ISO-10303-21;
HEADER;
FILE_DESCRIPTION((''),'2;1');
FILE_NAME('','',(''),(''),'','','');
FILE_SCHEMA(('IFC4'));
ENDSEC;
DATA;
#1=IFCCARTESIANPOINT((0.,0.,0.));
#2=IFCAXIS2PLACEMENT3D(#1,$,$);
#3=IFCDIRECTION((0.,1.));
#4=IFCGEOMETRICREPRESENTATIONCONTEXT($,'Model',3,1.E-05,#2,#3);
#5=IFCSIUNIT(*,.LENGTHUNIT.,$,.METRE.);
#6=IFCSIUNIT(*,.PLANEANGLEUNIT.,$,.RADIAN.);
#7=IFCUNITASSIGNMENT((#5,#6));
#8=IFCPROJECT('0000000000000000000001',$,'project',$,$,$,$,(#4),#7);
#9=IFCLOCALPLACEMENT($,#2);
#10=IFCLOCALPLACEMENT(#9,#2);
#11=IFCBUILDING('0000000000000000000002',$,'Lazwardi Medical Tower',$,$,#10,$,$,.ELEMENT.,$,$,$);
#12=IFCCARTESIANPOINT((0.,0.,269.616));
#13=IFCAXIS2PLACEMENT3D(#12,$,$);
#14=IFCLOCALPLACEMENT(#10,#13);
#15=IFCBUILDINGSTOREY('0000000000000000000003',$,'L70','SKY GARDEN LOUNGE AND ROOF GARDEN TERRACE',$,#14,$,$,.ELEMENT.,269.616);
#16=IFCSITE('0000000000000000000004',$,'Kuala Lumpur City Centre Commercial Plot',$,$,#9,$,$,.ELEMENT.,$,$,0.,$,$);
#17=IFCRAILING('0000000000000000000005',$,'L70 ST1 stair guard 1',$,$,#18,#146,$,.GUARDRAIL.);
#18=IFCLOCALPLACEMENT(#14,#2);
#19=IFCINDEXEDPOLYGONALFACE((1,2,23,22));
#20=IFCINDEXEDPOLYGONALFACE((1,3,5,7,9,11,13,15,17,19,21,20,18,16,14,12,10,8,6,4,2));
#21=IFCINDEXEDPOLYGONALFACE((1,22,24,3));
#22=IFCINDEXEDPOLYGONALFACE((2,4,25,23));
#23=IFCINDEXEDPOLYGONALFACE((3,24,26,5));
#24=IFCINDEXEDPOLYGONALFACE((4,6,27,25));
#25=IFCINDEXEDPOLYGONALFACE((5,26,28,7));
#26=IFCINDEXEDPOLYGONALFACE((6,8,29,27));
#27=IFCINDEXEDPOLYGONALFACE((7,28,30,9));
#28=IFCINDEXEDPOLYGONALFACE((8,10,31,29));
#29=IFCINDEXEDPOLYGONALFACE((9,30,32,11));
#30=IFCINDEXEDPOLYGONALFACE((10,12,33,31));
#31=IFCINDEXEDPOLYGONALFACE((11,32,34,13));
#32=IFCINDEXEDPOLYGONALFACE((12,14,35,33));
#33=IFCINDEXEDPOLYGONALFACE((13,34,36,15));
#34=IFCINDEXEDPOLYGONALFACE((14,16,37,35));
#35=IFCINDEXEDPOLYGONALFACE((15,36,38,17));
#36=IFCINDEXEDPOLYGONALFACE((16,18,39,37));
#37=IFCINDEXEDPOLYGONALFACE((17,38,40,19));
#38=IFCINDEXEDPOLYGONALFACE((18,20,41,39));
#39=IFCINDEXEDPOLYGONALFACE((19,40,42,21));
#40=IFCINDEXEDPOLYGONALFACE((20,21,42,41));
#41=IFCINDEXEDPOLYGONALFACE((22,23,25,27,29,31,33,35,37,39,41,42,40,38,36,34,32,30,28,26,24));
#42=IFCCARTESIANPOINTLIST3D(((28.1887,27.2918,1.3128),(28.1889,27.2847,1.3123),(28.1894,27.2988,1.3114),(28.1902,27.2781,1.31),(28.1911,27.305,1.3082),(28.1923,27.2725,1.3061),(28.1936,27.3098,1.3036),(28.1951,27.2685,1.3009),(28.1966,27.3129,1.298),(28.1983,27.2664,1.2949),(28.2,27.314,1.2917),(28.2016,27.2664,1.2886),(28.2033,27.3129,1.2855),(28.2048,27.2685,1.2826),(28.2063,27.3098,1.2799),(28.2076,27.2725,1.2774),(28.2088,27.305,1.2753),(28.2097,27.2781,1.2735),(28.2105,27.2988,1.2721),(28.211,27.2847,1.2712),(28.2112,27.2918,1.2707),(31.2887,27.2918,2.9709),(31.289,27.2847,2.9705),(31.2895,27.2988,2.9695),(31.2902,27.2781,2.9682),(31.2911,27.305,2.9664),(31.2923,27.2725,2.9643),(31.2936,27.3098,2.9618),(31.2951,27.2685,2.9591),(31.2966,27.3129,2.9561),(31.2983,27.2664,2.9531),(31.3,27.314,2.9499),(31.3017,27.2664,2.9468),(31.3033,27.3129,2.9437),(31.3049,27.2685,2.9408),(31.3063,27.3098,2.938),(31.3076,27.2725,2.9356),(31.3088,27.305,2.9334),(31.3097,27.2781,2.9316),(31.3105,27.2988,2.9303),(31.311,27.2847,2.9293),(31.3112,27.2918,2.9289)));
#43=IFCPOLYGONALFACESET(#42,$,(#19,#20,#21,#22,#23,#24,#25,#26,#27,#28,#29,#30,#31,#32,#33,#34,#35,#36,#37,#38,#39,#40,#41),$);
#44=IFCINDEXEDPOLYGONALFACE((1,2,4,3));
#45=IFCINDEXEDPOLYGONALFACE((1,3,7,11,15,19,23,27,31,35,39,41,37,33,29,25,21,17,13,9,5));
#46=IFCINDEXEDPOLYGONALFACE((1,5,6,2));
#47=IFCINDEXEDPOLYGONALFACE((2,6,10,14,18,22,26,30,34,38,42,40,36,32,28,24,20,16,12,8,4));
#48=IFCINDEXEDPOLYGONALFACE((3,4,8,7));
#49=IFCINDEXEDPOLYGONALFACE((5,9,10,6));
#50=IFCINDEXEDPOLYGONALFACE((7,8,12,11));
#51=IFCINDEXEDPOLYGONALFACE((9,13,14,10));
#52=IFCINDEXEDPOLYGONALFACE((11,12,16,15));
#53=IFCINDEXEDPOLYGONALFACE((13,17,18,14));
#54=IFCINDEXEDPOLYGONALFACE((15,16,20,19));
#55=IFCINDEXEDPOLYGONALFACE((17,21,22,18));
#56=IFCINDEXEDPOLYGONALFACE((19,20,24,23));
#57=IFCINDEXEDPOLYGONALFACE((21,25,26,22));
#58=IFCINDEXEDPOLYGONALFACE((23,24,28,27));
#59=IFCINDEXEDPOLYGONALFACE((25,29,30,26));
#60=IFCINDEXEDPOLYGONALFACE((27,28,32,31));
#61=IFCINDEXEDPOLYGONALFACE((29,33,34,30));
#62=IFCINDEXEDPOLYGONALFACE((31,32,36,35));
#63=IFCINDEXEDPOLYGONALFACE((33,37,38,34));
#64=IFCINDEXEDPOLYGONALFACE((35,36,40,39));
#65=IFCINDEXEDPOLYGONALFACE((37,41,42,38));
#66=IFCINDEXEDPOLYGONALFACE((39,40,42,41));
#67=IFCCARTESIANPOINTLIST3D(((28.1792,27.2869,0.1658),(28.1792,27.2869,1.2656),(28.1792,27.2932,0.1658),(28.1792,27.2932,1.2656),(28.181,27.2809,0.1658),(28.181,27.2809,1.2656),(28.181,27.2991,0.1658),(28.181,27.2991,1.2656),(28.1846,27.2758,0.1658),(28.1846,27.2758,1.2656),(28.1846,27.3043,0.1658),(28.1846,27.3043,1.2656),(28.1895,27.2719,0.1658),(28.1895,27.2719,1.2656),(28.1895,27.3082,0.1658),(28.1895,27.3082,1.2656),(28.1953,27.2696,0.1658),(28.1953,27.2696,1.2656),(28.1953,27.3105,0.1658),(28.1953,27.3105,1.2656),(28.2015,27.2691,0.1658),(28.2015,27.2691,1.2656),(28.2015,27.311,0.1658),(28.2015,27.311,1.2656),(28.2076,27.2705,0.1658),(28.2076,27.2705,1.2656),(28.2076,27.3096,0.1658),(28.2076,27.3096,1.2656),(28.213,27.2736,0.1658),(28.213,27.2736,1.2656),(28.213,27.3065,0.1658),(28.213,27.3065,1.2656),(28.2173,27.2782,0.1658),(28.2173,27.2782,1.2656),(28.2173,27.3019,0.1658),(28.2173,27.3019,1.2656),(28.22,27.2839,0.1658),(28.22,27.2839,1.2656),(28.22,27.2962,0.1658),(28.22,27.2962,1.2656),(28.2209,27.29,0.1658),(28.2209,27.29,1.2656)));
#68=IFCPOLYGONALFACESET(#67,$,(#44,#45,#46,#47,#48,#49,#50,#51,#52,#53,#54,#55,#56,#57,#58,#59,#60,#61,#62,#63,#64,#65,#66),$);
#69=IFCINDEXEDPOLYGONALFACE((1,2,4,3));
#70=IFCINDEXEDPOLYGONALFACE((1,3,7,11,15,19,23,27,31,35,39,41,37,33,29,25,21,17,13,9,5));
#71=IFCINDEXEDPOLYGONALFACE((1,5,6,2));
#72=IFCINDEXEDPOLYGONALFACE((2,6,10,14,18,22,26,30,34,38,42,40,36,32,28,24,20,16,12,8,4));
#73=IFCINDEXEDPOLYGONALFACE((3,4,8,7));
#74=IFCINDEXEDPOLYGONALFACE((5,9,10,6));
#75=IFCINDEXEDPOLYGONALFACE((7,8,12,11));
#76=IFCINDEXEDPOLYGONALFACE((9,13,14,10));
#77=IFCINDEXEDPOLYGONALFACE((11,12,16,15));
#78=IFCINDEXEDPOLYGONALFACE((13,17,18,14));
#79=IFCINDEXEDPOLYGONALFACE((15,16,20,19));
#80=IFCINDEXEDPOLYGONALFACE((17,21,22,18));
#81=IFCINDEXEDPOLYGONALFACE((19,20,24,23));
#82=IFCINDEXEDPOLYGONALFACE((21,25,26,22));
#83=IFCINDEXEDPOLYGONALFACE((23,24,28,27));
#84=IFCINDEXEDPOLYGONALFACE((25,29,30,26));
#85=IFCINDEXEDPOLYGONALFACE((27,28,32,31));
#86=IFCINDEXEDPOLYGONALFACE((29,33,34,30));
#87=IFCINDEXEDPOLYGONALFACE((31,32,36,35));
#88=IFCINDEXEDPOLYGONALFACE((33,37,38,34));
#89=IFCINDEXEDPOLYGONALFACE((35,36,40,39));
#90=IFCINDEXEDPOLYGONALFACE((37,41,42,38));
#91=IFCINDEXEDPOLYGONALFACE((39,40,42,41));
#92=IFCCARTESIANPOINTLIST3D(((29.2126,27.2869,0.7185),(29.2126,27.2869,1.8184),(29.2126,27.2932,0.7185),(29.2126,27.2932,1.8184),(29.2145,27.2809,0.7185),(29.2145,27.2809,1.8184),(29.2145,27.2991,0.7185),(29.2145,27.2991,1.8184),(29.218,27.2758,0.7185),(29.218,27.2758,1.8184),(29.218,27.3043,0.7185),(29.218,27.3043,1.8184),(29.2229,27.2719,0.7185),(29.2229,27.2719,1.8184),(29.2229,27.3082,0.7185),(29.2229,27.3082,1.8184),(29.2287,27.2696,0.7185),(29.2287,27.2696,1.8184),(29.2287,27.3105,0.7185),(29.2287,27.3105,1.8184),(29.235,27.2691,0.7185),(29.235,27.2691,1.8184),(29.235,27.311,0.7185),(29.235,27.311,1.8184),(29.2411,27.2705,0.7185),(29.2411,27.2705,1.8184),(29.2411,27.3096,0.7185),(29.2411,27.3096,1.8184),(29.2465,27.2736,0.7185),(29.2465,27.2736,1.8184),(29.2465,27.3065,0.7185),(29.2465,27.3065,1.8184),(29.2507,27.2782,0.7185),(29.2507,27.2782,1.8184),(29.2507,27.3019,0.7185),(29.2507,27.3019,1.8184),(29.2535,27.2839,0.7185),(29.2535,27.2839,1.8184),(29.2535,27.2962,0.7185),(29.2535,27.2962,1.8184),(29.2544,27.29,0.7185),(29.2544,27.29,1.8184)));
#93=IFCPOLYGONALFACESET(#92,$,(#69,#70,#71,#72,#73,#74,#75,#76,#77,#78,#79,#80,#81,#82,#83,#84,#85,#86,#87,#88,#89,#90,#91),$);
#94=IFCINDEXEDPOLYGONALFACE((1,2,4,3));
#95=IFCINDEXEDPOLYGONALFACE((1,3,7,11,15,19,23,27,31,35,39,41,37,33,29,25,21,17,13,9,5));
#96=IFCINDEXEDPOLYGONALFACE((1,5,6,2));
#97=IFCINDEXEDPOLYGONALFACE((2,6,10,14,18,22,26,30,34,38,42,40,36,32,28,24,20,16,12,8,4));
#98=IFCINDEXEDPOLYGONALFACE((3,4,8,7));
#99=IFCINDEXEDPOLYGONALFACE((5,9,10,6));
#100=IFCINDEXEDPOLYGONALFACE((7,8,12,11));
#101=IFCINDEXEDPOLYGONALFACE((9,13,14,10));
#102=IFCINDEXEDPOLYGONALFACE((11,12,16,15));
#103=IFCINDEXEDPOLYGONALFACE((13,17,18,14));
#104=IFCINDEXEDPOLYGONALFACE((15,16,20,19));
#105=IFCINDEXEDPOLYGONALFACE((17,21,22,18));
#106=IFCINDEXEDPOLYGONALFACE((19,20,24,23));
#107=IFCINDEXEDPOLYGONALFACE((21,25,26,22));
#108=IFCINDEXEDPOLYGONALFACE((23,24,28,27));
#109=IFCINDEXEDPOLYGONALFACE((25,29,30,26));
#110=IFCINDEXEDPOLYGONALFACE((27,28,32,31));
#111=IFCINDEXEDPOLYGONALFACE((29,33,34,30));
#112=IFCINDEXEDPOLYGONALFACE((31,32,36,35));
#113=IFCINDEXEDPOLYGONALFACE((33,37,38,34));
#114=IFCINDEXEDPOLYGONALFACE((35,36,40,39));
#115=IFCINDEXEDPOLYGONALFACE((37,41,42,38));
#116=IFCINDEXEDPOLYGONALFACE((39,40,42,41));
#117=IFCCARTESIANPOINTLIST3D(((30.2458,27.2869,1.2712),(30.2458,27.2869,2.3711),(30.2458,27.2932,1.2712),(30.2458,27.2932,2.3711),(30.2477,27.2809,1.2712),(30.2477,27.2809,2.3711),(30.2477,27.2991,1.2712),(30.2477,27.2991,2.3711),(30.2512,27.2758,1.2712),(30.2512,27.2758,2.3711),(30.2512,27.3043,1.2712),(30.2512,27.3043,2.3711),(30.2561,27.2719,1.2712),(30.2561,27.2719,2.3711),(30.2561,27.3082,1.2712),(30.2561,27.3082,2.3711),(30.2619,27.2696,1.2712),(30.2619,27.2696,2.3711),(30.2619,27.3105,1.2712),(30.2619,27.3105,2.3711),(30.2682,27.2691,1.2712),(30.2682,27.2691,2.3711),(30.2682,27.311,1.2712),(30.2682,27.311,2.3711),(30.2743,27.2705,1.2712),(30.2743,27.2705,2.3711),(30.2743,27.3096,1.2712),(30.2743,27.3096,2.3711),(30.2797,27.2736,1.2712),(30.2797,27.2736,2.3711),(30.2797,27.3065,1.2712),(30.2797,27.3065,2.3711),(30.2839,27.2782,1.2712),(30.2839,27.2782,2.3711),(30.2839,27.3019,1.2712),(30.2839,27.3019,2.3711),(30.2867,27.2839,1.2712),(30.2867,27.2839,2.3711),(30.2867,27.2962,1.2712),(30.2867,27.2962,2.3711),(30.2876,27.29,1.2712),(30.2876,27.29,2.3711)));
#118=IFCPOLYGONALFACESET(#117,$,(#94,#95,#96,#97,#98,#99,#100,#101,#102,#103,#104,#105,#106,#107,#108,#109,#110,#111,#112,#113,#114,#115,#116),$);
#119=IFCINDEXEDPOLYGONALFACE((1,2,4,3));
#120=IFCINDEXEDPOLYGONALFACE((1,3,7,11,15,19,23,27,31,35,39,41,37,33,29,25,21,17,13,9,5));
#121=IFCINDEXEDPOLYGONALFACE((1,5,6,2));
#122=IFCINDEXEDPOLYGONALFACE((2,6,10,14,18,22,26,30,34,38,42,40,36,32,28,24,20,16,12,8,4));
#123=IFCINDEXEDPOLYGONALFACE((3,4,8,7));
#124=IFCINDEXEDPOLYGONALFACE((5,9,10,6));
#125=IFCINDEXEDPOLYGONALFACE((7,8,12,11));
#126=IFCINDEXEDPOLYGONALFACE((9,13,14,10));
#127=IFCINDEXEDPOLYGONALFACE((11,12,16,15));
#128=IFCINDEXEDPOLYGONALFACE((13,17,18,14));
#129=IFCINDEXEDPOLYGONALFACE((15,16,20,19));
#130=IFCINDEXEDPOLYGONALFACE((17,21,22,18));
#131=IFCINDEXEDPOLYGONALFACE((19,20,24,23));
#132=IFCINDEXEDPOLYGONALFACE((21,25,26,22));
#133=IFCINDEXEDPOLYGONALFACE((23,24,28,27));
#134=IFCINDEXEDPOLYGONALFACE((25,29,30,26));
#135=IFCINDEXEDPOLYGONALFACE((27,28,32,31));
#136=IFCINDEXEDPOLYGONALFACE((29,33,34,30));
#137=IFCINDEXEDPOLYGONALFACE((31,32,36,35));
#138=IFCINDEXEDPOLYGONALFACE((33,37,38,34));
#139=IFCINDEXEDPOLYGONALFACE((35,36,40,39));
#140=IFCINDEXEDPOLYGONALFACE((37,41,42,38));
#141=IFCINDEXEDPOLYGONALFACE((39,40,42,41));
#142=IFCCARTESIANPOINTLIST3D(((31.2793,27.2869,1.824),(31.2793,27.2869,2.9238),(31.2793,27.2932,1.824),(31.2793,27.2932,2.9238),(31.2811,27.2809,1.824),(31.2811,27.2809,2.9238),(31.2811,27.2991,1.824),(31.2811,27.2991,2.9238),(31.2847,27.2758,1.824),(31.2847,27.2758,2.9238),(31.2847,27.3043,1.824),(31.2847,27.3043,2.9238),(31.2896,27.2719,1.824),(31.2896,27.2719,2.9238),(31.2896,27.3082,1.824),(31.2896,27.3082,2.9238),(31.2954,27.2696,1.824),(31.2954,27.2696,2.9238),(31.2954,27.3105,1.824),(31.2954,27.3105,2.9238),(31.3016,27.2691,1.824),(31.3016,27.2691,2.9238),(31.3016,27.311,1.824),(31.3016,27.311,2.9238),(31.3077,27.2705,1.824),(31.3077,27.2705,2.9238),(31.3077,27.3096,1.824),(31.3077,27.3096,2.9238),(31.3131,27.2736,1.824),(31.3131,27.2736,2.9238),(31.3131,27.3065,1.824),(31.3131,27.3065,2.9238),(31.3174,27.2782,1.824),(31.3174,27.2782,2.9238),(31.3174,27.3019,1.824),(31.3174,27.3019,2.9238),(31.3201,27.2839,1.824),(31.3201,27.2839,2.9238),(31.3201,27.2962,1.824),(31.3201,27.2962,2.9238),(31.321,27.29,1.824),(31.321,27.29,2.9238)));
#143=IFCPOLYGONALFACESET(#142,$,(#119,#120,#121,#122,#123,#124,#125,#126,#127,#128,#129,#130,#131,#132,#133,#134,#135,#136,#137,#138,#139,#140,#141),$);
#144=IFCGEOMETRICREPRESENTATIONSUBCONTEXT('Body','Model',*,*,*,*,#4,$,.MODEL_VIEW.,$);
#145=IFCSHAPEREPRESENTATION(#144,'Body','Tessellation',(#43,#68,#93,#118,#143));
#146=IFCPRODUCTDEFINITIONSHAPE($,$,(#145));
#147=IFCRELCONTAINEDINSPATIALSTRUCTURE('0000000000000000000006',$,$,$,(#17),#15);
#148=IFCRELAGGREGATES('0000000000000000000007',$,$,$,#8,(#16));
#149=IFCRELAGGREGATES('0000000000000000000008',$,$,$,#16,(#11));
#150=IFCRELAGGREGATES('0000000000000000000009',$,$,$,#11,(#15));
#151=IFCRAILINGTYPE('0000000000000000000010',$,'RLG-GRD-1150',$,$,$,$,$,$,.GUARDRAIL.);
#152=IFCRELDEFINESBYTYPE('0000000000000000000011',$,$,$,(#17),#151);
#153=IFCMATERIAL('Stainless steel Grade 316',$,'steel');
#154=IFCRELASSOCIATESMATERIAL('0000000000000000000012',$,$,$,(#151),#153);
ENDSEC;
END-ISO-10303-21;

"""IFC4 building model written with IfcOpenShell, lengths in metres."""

from ifc_helpers import new_model, si_unit, direction, frame, origin, origin_2d, place, context, subcontext, project, spatial, circle, extrude, material, type_object, element, save


model = new_model("IFC4")

# Units and contexts
model_context = context("Model", 3, precision=1e-05, world=origin(), true_north=direction((0.0, 1.0)))
body_context = subcontext(model_context, "Body", "Model", "MODEL_VIEW")
ifc_project = project(units=[si_unit("LENGTHUNIT", "METRE"), si_unit("PLANEANGLEUNIT", "RADIAN")], contexts=[model_context])

# Site, building, storey
site_placement = place(None, origin())
site = spatial("IfcSite", under=ifc_project, at=site_placement, Name="Kuala Lumpur City Centre Commercial Plot", CompositionType="ELEMENT", RefElevation=0.0)
building_placement = place(site_placement, origin())
building = spatial("IfcBuilding", under=site, at=building_placement, Name="Lazwardi Medical Tower", CompositionType="ELEMENT")
storey_placement = place(building_placement, frame((0.0, 0.0, 269.616)))
storey = spatial("IfcBuildingStorey", under=building, at=storey_placement, Name="L70", Description="SKY GARDEN LOUNGE AND ROOF GARDEN TERRACE", CompositionType="ELEMENT", Elevation=269.616)

# Railing
ifc_material_1 = material(Name="Stainless steel Grade 316", Category="steel")
railing_type_1 = type_object("IfcRailingType", Name="RLG-GRD-1150", PredefinedType="GUARDRAIL", material=ifc_material_1)
railing_1_placement = place(storey_placement, frame((28.2, 27.29, 0.1658)))
element("IfcRailing", 1, at=railing_1_placement, inside=storey, type_object=railing_type_1, Name="L70 ST1 stair guard 1", PredefinedType="GUARDRAIL", context=body_context, shape_type="SweptSolid", body=[
    extrude(circle(Radius=0.0239, at=origin_2d()), frame((0.0, 0.0, 1.126), z_axis=(0.881783, 0.0, 0.471655), x_axis=(0.0, 1.0, 0.0)), (0.0, 0.0, 1.0), 3.5156),
    extrude(circle(Radius=0.021, at=origin_2d()), origin(), (0.0, 0.0, 1.0), 1.0999),
    extrude(circle(Radius=0.021, at=origin_2d()), frame((1.0334, 0.0, 0.5527)), (0.0, 0.0, 1.0), 1.0999),
    extrude(circle(Radius=0.021, at=origin_2d()), frame((2.0667, 0.0, 1.1055)), (0.0, 0.0, 1.0), 1.0999),
    extrude(circle(Radius=0.021, at=origin_2d()), frame((3.1001, 0.0, 1.6582)), (0.0, 0.0, 1.0), 1.0999),
])

save(model, "model.ifc")
